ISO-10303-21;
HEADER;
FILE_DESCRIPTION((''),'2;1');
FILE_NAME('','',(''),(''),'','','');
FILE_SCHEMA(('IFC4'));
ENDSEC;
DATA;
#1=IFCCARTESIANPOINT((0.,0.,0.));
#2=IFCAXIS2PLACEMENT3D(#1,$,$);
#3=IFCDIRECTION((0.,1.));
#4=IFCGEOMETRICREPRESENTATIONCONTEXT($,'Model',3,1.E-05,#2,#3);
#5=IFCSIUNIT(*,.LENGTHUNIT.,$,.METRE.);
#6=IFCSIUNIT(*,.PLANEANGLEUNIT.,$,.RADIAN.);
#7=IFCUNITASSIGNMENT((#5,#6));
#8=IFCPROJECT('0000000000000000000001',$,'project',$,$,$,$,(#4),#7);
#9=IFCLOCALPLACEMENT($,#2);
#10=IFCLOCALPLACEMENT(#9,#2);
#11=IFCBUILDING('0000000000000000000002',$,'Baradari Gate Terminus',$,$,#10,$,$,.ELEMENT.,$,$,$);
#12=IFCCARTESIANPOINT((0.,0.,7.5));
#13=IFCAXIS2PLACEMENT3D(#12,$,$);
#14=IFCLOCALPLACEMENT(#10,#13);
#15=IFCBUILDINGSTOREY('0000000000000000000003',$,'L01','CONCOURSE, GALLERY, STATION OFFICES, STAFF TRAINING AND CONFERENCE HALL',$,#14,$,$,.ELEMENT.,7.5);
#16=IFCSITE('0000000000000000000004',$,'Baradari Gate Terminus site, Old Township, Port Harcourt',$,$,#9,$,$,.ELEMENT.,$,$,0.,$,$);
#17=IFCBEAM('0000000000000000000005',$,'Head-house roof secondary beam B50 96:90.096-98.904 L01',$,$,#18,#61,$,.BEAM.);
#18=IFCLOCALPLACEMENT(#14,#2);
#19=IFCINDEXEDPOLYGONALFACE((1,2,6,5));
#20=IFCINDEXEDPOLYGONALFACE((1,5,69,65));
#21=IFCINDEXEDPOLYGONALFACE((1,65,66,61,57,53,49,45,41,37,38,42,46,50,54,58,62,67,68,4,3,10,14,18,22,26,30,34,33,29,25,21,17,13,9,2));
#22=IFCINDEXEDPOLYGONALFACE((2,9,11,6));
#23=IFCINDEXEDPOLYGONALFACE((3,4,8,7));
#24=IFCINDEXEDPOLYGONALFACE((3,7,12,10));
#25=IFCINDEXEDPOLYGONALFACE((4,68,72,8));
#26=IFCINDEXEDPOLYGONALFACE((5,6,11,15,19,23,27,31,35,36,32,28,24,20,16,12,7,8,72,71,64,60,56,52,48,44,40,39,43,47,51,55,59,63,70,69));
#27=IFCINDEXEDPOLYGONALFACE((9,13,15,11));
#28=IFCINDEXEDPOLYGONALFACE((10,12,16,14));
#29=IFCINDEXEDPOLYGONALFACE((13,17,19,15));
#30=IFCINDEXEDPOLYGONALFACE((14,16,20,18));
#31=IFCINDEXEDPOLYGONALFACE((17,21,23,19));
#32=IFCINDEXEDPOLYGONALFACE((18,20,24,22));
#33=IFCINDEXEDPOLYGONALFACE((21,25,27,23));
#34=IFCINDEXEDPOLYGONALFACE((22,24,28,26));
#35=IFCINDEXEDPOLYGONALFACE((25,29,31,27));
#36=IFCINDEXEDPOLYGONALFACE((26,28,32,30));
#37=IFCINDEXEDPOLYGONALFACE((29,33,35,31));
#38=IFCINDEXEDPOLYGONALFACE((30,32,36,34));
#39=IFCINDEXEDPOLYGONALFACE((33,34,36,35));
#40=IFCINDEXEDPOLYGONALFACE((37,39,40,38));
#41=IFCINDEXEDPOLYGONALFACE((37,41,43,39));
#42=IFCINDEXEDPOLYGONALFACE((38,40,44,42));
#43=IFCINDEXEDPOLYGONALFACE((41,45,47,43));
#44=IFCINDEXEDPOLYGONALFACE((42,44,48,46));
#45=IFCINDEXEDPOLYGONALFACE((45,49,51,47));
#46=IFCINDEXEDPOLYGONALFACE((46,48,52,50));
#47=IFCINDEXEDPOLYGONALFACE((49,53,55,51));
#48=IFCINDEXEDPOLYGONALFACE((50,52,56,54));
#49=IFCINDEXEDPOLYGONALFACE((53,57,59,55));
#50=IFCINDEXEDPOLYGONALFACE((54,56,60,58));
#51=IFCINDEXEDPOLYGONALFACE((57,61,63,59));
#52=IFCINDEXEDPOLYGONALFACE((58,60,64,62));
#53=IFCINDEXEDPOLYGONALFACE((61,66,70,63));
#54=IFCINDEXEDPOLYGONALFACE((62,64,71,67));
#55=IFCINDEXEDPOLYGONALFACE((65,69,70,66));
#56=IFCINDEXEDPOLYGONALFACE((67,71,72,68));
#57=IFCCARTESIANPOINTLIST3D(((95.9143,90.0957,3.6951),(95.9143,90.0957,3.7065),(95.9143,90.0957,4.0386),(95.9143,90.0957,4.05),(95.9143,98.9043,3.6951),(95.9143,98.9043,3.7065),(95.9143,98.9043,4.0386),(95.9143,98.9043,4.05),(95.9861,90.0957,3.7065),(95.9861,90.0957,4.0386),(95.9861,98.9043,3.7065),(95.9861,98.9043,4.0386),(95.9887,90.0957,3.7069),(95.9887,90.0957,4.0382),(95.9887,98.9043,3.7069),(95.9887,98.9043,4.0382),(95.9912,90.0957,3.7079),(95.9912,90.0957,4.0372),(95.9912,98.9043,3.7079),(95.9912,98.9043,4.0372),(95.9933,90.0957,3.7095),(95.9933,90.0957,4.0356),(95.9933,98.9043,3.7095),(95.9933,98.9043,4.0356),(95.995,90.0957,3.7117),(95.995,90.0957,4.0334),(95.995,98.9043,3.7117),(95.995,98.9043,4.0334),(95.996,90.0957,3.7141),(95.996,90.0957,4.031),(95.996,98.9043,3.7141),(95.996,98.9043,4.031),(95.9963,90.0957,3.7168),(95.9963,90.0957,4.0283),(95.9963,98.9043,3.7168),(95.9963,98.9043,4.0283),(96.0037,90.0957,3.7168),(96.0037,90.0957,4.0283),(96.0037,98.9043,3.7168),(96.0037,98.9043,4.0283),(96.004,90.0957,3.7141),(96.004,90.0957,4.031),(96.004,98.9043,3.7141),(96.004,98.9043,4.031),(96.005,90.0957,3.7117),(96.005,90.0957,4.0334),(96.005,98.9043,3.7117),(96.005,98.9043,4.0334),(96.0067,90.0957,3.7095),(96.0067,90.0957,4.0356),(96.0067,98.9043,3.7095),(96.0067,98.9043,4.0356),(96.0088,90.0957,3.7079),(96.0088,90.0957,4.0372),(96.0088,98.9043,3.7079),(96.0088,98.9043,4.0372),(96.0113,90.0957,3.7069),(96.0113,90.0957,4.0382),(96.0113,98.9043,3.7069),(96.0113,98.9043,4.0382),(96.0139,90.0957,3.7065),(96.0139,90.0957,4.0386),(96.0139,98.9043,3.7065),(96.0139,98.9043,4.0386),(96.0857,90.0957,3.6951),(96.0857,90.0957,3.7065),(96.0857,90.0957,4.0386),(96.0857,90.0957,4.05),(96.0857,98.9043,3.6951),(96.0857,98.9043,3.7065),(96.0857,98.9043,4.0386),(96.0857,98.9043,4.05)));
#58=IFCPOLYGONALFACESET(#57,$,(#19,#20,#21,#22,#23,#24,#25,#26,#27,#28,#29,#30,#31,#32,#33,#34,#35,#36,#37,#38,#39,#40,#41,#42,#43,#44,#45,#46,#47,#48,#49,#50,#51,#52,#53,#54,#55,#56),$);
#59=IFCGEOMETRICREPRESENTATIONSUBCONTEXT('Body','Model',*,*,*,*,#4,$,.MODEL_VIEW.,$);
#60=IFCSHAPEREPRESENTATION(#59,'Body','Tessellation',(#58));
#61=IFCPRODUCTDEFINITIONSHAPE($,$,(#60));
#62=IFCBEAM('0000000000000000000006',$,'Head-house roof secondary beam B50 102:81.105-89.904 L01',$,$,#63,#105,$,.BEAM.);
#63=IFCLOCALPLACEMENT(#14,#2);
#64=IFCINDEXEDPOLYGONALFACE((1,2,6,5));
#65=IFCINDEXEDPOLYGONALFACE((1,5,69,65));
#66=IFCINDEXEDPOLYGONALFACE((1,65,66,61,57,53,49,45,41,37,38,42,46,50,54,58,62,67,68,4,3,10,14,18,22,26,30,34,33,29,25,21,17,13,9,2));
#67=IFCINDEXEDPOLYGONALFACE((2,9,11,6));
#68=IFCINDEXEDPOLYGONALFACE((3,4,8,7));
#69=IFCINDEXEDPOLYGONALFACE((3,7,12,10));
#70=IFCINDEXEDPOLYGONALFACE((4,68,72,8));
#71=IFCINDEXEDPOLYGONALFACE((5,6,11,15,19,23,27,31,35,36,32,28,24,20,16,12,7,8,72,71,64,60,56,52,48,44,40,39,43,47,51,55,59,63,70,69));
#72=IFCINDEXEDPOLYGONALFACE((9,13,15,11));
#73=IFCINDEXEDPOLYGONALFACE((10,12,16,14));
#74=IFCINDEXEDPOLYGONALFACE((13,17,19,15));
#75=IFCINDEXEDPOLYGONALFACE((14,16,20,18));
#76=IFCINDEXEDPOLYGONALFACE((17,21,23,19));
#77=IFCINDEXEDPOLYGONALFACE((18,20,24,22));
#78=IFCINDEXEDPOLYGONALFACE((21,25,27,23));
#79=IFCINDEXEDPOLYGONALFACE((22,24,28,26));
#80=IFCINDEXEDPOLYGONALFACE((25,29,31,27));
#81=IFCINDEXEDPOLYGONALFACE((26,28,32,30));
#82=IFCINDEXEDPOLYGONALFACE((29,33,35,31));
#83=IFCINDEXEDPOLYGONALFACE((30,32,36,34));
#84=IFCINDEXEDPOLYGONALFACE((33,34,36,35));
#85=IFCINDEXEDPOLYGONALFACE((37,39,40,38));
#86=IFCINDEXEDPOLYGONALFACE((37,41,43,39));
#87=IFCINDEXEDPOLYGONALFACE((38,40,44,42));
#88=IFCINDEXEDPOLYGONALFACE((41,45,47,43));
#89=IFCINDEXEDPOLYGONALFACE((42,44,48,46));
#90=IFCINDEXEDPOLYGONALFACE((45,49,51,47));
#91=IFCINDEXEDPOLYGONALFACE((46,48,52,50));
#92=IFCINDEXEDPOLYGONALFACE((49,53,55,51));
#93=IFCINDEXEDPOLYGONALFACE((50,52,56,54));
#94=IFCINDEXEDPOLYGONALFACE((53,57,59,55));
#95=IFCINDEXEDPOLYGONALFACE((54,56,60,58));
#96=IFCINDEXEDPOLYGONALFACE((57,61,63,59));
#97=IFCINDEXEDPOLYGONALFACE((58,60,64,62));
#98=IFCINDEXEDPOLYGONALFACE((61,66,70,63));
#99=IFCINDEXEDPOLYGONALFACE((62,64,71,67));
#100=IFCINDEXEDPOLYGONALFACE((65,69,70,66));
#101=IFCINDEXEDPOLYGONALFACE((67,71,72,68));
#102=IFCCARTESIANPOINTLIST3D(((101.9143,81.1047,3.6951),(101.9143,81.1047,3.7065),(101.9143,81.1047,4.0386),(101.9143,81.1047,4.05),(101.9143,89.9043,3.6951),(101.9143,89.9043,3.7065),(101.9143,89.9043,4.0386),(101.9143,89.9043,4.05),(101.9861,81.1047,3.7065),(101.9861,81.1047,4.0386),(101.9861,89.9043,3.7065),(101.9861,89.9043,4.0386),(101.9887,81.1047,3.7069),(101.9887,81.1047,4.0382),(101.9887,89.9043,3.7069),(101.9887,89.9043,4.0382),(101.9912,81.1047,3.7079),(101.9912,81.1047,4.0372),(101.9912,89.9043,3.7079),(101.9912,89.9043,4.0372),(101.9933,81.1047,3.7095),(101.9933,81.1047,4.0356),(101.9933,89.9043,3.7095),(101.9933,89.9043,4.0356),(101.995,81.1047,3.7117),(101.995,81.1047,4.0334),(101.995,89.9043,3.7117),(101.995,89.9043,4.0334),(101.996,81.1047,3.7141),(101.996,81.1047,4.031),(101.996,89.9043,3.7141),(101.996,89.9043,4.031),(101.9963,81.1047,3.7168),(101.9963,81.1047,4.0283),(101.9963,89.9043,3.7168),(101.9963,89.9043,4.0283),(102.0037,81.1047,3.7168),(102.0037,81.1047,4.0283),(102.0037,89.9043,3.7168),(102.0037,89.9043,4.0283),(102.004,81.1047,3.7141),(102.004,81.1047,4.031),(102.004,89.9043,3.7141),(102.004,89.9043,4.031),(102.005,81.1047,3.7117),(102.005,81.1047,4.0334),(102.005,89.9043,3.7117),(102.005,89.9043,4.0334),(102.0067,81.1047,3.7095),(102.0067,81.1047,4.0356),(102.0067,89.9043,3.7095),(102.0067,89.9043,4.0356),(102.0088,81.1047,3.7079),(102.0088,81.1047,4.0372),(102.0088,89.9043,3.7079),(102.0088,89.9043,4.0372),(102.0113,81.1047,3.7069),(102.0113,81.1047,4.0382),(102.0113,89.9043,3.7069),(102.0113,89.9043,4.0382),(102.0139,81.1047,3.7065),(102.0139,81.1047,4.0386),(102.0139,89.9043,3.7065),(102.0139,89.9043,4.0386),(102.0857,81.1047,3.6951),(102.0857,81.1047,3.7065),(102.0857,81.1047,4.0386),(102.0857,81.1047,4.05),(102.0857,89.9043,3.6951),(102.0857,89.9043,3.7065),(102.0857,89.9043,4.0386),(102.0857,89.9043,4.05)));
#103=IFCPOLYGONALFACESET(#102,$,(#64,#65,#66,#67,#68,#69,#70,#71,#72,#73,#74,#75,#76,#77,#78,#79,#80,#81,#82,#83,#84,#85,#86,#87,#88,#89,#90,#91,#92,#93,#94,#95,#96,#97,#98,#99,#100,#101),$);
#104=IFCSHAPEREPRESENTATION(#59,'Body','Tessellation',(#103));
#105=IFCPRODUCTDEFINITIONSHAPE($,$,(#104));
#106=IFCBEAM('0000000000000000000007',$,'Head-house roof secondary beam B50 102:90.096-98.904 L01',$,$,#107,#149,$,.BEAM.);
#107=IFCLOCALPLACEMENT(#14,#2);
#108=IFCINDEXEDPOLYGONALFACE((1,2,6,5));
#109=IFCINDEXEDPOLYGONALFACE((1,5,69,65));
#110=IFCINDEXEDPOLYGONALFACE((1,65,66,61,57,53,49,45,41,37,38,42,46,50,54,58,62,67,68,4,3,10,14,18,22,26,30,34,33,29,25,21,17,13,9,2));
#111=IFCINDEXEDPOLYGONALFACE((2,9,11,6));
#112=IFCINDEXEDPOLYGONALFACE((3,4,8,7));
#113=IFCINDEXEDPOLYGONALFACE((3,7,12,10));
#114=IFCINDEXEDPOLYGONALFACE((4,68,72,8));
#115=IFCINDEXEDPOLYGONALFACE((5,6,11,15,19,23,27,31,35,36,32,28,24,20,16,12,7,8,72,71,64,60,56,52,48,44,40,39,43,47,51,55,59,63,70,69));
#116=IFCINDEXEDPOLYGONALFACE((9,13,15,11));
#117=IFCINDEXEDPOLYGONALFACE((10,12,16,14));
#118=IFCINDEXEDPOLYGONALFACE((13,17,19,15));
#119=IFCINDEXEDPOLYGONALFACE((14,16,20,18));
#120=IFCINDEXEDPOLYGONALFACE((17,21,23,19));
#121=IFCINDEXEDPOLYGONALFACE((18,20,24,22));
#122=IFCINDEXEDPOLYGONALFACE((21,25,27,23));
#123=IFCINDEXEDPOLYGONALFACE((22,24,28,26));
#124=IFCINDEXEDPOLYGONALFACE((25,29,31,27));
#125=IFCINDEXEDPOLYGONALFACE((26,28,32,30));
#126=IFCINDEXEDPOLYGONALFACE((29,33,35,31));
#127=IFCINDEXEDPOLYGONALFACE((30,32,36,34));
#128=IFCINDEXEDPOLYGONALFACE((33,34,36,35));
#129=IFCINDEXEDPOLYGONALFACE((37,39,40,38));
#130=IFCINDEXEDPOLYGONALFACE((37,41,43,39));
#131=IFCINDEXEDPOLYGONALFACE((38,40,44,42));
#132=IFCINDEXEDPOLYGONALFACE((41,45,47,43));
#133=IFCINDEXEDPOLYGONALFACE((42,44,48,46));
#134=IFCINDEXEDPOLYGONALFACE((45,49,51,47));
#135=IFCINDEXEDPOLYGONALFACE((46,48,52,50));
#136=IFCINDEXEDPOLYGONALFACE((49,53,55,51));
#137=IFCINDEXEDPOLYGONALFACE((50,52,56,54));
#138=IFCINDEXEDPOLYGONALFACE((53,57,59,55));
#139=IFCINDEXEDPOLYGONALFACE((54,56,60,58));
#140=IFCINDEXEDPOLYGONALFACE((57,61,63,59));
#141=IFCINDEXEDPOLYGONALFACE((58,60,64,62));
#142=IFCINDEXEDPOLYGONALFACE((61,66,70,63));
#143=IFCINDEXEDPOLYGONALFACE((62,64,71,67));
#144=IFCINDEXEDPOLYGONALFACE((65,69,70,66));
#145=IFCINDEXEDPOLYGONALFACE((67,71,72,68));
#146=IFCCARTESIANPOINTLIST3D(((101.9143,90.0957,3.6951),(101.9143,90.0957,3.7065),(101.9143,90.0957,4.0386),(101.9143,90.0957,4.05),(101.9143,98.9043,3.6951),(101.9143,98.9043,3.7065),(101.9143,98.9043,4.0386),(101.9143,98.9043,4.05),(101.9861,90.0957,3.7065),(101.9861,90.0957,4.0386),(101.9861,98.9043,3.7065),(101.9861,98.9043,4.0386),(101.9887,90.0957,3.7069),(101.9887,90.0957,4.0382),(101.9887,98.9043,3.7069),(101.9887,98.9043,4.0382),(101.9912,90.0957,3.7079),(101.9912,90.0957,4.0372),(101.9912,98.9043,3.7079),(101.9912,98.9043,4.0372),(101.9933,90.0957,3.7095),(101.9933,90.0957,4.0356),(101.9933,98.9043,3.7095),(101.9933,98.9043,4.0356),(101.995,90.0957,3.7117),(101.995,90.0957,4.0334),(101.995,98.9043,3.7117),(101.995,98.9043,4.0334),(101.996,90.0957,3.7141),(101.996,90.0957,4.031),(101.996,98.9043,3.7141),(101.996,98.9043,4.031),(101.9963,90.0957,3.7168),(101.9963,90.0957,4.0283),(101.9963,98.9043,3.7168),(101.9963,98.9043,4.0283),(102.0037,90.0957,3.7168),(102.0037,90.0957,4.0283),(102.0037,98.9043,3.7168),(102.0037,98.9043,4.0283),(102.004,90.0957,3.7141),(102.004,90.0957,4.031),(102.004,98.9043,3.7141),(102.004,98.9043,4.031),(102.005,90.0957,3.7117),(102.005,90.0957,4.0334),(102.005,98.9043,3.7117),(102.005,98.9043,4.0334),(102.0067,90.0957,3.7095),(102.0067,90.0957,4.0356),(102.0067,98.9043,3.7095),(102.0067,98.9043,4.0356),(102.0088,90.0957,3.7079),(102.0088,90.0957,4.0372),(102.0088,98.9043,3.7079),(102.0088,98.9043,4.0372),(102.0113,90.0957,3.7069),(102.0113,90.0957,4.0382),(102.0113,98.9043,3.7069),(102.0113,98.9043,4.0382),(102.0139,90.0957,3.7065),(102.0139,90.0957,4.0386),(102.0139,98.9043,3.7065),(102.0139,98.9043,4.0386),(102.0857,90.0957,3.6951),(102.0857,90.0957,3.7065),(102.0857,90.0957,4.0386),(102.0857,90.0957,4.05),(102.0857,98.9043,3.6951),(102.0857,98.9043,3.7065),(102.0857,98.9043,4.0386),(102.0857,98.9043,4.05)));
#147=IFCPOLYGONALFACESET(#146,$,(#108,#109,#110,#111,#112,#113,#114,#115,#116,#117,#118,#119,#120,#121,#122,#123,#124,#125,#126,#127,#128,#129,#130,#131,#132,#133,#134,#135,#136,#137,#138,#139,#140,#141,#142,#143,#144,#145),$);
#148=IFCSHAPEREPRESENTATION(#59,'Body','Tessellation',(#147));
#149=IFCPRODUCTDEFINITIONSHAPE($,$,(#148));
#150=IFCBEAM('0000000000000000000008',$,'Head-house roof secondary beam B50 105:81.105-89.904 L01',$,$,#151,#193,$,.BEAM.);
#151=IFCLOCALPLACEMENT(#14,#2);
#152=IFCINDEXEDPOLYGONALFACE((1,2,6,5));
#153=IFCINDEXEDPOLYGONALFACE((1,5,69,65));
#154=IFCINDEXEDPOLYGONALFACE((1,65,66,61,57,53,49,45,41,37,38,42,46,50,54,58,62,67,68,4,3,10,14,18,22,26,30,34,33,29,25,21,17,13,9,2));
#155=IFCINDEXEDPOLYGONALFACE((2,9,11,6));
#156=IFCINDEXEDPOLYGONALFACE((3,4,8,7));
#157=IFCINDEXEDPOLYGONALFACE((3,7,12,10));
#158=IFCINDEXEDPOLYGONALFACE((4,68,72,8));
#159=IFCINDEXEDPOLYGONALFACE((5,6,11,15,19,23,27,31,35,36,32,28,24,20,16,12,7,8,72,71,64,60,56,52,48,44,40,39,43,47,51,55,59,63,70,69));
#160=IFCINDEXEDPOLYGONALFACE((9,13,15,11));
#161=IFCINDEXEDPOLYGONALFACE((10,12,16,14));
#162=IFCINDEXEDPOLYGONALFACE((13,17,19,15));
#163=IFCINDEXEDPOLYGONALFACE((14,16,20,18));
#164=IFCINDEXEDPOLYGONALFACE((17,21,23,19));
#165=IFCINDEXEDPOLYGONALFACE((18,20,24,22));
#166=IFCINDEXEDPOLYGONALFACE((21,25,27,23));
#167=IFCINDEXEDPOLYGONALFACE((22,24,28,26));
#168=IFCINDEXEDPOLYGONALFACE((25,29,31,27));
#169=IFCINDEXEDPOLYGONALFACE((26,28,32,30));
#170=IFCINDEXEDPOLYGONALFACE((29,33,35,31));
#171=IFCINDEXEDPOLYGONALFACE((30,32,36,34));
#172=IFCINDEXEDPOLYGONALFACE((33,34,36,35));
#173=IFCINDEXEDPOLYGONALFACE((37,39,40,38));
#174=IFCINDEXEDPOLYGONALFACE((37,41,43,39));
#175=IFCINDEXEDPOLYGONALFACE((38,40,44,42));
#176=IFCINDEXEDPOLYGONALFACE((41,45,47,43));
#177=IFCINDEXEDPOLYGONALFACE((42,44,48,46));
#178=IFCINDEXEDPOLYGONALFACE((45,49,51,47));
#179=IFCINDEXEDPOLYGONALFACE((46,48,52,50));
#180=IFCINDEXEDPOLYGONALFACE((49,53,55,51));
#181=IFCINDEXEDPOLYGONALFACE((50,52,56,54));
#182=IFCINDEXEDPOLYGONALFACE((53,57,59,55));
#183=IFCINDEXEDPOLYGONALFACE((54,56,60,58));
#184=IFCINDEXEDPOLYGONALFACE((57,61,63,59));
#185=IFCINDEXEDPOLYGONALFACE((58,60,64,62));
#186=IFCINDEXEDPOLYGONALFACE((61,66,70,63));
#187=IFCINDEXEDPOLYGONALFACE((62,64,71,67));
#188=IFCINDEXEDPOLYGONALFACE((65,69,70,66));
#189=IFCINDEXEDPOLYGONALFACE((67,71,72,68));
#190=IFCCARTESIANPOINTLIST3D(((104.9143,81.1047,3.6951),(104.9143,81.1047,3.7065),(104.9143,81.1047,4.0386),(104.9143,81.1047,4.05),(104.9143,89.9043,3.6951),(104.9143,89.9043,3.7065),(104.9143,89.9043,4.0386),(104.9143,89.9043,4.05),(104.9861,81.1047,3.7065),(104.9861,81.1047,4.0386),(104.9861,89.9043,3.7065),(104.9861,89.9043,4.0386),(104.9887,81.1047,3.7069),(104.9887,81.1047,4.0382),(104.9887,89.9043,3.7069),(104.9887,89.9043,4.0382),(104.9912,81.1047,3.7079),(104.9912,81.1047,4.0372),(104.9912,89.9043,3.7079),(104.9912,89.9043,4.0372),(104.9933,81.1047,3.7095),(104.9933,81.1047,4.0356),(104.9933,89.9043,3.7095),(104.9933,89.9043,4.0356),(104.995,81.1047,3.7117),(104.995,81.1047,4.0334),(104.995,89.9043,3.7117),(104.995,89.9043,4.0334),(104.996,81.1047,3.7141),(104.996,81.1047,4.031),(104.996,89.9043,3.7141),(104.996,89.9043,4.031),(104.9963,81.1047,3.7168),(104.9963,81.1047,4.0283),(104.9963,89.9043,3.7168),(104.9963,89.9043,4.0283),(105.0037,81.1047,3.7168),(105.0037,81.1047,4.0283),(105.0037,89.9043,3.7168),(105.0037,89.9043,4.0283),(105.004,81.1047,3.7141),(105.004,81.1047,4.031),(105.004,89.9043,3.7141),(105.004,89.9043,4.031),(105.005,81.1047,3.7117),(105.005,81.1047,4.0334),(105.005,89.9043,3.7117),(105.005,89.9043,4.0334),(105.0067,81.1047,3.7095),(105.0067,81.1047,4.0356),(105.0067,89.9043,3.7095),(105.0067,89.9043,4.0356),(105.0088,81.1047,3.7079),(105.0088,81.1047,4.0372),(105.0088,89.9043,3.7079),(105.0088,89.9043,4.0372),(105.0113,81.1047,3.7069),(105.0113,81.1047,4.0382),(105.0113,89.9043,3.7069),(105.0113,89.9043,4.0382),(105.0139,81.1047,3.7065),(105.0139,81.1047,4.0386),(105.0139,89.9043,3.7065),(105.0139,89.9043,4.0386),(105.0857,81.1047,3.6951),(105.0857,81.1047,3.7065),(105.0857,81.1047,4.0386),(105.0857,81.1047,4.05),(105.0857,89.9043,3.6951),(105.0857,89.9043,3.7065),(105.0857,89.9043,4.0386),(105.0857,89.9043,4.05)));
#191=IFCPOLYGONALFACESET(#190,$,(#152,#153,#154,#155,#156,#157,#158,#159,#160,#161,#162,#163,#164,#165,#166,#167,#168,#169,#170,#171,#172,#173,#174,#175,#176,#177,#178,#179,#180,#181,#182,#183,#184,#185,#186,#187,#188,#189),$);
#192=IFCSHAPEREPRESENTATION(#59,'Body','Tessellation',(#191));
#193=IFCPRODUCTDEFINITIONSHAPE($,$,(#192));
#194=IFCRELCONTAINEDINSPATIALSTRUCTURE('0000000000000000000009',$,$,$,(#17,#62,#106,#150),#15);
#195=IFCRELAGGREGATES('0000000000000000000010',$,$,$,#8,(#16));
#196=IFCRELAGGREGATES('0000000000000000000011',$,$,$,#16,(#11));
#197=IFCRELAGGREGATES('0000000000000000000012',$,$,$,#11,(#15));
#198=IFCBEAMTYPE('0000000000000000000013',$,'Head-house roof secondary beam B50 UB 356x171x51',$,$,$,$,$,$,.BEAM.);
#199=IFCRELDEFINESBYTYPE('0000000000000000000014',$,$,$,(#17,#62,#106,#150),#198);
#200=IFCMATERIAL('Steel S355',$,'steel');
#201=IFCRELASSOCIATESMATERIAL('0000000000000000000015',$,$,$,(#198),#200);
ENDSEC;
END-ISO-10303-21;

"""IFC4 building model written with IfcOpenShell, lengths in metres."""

from ifc_helpers import new_model, si_unit, direction, frame, origin, origin_2d, place, context, subcontext, project, spatial, i_section, extrude, material, material_profile, profile_set, type_object, element, save


model = new_model("IFC4")

# Units and contexts
model_context = context("Model", 3, precision=1e-05, world=origin(), true_north=direction((0.0, 1.0)))
body_context = subcontext(model_context, "Body", "Model", "MODEL_VIEW")
ifc_project = project(units=[si_unit("LENGTHUNIT", "METRE"), si_unit("PLANEANGLEUNIT", "RADIAN")], contexts=[model_context])

# Site, building, storey
site_placement = place(None, origin())
site = spatial("IfcSite", under=ifc_project, at=site_placement, Name="Baradari Gate Terminus site, Old Township, Port Harcourt", CompositionType="ELEMENT", RefElevation=0.0)
building_placement = place(site_placement, origin())
building = spatial("IfcBuilding", under=site, at=building_placement, Name="Baradari Gate Terminus", CompositionType="ELEMENT")
storey_placement = place(building_placement, frame((0.0, 0.0, 7.5)))
storey = spatial("IfcBuildingStorey", under=building, at=storey_placement, Name="L01", Description="CONCOURSE, GALLERY, STATION OFFICES, STAFF TRAINING AND CONFERENCE HALL", CompositionType="ELEMENT", Elevation=7.5)

# Beams
ifc_material_1 = material(Name="Steel S355", Category="steel")
ifc_material_profile_1 = material_profile(ifc_material_1, i_section(OverallWidth=0.1714, OverallDepth=0.355, WebThickness=0.0073, FlangeThickness=0.0115, FilletRadius=0.0103, at=origin_2d()), Name="UB 356x171x51")
ifc_profile_set_1 = profile_set([ifc_material_profile_1], Name="Steel S355")
beam_type_1 = type_object("IfcBeamType", Name="Head-house roof secondary beam B50 UB 356x171x51", PredefinedType="BEAM", material=ifc_profile_set_1)
beam_1_placement = place(storey_placement, frame((96.0, 90.0957, 3.8726), z_axis=(0.0, 1.0, 0.0), x_axis=(-1.0, 0.0, 0.0)))
element("IfcBeam", 1, at=beam_1_placement, inside=storey, type_object=beam_type_1, Name="Head-house roof secondary beam B50 96:90.096-98.904 L01", PredefinedType="BEAM", context=body_context, shape_type="SweptSolid", body=[
    extrude(i_section(OverallWidth=0.1714, OverallDepth=0.355, WebThickness=0.0073, FlangeThickness=0.0115, FilletRadius=0.0103, at=origin_2d()), origin(), (0.0, 0.0, 1.0), 8.8086),
])
beam_2_placement = place(storey_placement, frame((102.0, 81.1047, 3.8726), z_axis=(0.0, 1.0, 0.0), x_axis=(-1.0, 0.0, 0.0)))
element("IfcBeam", 2, at=beam_2_placement, inside=storey, type_object=beam_type_1, Name="Head-house roof secondary beam B50 102:81.105-89.904 L01", PredefinedType="BEAM", context=body_context, shape_type="SweptSolid", body=[
    extrude(i_section(OverallWidth=0.1714, OverallDepth=0.355, WebThickness=0.0073, FlangeThickness=0.0115, FilletRadius=0.0103, at=origin_2d()), origin(), (0.0, 0.0, 1.0), 8.7996),
])
beam_3_placement = place(storey_placement, frame((102.0, 90.0957, 3.8726), z_axis=(0.0, 1.0, 0.0), x_axis=(-1.0, 0.0, 0.0)))
element("IfcBeam", 3, at=beam_3_placement, inside=storey, type_object=beam_type_1, Name="Head-house roof secondary beam B50 102:90.096-98.904 L01", PredefinedType="BEAM", context=body_context, shape_type="SweptSolid", body=[
    extrude(i_section(OverallWidth=0.1714, OverallDepth=0.355, WebThickness=0.0073, FlangeThickness=0.0115, FilletRadius=0.0103, at=origin_2d()), origin(), (0.0, 0.0, 1.0), 8.8086),
])
beam_4_placement = place(storey_placement, frame((105.0, 81.1047, 3.8726), z_axis=(0.0, 1.0, 0.0), x_axis=(-1.0, 0.0, 0.0)))
element("IfcBeam", 4, at=beam_4_placement, inside=storey, type_object=beam_type_1, Name="Head-house roof secondary beam B50 105:81.105-89.904 L01", PredefinedType="BEAM", context=body_context, shape_type="SweptSolid", body=[
    extrude(i_section(OverallWidth=0.1714, OverallDepth=0.355, WebThickness=0.0073, FlangeThickness=0.0115, FilletRadius=0.0103, at=origin_2d()), origin(), (0.0, 0.0, 1.0), 8.7996),
])

save(model, "model.ifc")
